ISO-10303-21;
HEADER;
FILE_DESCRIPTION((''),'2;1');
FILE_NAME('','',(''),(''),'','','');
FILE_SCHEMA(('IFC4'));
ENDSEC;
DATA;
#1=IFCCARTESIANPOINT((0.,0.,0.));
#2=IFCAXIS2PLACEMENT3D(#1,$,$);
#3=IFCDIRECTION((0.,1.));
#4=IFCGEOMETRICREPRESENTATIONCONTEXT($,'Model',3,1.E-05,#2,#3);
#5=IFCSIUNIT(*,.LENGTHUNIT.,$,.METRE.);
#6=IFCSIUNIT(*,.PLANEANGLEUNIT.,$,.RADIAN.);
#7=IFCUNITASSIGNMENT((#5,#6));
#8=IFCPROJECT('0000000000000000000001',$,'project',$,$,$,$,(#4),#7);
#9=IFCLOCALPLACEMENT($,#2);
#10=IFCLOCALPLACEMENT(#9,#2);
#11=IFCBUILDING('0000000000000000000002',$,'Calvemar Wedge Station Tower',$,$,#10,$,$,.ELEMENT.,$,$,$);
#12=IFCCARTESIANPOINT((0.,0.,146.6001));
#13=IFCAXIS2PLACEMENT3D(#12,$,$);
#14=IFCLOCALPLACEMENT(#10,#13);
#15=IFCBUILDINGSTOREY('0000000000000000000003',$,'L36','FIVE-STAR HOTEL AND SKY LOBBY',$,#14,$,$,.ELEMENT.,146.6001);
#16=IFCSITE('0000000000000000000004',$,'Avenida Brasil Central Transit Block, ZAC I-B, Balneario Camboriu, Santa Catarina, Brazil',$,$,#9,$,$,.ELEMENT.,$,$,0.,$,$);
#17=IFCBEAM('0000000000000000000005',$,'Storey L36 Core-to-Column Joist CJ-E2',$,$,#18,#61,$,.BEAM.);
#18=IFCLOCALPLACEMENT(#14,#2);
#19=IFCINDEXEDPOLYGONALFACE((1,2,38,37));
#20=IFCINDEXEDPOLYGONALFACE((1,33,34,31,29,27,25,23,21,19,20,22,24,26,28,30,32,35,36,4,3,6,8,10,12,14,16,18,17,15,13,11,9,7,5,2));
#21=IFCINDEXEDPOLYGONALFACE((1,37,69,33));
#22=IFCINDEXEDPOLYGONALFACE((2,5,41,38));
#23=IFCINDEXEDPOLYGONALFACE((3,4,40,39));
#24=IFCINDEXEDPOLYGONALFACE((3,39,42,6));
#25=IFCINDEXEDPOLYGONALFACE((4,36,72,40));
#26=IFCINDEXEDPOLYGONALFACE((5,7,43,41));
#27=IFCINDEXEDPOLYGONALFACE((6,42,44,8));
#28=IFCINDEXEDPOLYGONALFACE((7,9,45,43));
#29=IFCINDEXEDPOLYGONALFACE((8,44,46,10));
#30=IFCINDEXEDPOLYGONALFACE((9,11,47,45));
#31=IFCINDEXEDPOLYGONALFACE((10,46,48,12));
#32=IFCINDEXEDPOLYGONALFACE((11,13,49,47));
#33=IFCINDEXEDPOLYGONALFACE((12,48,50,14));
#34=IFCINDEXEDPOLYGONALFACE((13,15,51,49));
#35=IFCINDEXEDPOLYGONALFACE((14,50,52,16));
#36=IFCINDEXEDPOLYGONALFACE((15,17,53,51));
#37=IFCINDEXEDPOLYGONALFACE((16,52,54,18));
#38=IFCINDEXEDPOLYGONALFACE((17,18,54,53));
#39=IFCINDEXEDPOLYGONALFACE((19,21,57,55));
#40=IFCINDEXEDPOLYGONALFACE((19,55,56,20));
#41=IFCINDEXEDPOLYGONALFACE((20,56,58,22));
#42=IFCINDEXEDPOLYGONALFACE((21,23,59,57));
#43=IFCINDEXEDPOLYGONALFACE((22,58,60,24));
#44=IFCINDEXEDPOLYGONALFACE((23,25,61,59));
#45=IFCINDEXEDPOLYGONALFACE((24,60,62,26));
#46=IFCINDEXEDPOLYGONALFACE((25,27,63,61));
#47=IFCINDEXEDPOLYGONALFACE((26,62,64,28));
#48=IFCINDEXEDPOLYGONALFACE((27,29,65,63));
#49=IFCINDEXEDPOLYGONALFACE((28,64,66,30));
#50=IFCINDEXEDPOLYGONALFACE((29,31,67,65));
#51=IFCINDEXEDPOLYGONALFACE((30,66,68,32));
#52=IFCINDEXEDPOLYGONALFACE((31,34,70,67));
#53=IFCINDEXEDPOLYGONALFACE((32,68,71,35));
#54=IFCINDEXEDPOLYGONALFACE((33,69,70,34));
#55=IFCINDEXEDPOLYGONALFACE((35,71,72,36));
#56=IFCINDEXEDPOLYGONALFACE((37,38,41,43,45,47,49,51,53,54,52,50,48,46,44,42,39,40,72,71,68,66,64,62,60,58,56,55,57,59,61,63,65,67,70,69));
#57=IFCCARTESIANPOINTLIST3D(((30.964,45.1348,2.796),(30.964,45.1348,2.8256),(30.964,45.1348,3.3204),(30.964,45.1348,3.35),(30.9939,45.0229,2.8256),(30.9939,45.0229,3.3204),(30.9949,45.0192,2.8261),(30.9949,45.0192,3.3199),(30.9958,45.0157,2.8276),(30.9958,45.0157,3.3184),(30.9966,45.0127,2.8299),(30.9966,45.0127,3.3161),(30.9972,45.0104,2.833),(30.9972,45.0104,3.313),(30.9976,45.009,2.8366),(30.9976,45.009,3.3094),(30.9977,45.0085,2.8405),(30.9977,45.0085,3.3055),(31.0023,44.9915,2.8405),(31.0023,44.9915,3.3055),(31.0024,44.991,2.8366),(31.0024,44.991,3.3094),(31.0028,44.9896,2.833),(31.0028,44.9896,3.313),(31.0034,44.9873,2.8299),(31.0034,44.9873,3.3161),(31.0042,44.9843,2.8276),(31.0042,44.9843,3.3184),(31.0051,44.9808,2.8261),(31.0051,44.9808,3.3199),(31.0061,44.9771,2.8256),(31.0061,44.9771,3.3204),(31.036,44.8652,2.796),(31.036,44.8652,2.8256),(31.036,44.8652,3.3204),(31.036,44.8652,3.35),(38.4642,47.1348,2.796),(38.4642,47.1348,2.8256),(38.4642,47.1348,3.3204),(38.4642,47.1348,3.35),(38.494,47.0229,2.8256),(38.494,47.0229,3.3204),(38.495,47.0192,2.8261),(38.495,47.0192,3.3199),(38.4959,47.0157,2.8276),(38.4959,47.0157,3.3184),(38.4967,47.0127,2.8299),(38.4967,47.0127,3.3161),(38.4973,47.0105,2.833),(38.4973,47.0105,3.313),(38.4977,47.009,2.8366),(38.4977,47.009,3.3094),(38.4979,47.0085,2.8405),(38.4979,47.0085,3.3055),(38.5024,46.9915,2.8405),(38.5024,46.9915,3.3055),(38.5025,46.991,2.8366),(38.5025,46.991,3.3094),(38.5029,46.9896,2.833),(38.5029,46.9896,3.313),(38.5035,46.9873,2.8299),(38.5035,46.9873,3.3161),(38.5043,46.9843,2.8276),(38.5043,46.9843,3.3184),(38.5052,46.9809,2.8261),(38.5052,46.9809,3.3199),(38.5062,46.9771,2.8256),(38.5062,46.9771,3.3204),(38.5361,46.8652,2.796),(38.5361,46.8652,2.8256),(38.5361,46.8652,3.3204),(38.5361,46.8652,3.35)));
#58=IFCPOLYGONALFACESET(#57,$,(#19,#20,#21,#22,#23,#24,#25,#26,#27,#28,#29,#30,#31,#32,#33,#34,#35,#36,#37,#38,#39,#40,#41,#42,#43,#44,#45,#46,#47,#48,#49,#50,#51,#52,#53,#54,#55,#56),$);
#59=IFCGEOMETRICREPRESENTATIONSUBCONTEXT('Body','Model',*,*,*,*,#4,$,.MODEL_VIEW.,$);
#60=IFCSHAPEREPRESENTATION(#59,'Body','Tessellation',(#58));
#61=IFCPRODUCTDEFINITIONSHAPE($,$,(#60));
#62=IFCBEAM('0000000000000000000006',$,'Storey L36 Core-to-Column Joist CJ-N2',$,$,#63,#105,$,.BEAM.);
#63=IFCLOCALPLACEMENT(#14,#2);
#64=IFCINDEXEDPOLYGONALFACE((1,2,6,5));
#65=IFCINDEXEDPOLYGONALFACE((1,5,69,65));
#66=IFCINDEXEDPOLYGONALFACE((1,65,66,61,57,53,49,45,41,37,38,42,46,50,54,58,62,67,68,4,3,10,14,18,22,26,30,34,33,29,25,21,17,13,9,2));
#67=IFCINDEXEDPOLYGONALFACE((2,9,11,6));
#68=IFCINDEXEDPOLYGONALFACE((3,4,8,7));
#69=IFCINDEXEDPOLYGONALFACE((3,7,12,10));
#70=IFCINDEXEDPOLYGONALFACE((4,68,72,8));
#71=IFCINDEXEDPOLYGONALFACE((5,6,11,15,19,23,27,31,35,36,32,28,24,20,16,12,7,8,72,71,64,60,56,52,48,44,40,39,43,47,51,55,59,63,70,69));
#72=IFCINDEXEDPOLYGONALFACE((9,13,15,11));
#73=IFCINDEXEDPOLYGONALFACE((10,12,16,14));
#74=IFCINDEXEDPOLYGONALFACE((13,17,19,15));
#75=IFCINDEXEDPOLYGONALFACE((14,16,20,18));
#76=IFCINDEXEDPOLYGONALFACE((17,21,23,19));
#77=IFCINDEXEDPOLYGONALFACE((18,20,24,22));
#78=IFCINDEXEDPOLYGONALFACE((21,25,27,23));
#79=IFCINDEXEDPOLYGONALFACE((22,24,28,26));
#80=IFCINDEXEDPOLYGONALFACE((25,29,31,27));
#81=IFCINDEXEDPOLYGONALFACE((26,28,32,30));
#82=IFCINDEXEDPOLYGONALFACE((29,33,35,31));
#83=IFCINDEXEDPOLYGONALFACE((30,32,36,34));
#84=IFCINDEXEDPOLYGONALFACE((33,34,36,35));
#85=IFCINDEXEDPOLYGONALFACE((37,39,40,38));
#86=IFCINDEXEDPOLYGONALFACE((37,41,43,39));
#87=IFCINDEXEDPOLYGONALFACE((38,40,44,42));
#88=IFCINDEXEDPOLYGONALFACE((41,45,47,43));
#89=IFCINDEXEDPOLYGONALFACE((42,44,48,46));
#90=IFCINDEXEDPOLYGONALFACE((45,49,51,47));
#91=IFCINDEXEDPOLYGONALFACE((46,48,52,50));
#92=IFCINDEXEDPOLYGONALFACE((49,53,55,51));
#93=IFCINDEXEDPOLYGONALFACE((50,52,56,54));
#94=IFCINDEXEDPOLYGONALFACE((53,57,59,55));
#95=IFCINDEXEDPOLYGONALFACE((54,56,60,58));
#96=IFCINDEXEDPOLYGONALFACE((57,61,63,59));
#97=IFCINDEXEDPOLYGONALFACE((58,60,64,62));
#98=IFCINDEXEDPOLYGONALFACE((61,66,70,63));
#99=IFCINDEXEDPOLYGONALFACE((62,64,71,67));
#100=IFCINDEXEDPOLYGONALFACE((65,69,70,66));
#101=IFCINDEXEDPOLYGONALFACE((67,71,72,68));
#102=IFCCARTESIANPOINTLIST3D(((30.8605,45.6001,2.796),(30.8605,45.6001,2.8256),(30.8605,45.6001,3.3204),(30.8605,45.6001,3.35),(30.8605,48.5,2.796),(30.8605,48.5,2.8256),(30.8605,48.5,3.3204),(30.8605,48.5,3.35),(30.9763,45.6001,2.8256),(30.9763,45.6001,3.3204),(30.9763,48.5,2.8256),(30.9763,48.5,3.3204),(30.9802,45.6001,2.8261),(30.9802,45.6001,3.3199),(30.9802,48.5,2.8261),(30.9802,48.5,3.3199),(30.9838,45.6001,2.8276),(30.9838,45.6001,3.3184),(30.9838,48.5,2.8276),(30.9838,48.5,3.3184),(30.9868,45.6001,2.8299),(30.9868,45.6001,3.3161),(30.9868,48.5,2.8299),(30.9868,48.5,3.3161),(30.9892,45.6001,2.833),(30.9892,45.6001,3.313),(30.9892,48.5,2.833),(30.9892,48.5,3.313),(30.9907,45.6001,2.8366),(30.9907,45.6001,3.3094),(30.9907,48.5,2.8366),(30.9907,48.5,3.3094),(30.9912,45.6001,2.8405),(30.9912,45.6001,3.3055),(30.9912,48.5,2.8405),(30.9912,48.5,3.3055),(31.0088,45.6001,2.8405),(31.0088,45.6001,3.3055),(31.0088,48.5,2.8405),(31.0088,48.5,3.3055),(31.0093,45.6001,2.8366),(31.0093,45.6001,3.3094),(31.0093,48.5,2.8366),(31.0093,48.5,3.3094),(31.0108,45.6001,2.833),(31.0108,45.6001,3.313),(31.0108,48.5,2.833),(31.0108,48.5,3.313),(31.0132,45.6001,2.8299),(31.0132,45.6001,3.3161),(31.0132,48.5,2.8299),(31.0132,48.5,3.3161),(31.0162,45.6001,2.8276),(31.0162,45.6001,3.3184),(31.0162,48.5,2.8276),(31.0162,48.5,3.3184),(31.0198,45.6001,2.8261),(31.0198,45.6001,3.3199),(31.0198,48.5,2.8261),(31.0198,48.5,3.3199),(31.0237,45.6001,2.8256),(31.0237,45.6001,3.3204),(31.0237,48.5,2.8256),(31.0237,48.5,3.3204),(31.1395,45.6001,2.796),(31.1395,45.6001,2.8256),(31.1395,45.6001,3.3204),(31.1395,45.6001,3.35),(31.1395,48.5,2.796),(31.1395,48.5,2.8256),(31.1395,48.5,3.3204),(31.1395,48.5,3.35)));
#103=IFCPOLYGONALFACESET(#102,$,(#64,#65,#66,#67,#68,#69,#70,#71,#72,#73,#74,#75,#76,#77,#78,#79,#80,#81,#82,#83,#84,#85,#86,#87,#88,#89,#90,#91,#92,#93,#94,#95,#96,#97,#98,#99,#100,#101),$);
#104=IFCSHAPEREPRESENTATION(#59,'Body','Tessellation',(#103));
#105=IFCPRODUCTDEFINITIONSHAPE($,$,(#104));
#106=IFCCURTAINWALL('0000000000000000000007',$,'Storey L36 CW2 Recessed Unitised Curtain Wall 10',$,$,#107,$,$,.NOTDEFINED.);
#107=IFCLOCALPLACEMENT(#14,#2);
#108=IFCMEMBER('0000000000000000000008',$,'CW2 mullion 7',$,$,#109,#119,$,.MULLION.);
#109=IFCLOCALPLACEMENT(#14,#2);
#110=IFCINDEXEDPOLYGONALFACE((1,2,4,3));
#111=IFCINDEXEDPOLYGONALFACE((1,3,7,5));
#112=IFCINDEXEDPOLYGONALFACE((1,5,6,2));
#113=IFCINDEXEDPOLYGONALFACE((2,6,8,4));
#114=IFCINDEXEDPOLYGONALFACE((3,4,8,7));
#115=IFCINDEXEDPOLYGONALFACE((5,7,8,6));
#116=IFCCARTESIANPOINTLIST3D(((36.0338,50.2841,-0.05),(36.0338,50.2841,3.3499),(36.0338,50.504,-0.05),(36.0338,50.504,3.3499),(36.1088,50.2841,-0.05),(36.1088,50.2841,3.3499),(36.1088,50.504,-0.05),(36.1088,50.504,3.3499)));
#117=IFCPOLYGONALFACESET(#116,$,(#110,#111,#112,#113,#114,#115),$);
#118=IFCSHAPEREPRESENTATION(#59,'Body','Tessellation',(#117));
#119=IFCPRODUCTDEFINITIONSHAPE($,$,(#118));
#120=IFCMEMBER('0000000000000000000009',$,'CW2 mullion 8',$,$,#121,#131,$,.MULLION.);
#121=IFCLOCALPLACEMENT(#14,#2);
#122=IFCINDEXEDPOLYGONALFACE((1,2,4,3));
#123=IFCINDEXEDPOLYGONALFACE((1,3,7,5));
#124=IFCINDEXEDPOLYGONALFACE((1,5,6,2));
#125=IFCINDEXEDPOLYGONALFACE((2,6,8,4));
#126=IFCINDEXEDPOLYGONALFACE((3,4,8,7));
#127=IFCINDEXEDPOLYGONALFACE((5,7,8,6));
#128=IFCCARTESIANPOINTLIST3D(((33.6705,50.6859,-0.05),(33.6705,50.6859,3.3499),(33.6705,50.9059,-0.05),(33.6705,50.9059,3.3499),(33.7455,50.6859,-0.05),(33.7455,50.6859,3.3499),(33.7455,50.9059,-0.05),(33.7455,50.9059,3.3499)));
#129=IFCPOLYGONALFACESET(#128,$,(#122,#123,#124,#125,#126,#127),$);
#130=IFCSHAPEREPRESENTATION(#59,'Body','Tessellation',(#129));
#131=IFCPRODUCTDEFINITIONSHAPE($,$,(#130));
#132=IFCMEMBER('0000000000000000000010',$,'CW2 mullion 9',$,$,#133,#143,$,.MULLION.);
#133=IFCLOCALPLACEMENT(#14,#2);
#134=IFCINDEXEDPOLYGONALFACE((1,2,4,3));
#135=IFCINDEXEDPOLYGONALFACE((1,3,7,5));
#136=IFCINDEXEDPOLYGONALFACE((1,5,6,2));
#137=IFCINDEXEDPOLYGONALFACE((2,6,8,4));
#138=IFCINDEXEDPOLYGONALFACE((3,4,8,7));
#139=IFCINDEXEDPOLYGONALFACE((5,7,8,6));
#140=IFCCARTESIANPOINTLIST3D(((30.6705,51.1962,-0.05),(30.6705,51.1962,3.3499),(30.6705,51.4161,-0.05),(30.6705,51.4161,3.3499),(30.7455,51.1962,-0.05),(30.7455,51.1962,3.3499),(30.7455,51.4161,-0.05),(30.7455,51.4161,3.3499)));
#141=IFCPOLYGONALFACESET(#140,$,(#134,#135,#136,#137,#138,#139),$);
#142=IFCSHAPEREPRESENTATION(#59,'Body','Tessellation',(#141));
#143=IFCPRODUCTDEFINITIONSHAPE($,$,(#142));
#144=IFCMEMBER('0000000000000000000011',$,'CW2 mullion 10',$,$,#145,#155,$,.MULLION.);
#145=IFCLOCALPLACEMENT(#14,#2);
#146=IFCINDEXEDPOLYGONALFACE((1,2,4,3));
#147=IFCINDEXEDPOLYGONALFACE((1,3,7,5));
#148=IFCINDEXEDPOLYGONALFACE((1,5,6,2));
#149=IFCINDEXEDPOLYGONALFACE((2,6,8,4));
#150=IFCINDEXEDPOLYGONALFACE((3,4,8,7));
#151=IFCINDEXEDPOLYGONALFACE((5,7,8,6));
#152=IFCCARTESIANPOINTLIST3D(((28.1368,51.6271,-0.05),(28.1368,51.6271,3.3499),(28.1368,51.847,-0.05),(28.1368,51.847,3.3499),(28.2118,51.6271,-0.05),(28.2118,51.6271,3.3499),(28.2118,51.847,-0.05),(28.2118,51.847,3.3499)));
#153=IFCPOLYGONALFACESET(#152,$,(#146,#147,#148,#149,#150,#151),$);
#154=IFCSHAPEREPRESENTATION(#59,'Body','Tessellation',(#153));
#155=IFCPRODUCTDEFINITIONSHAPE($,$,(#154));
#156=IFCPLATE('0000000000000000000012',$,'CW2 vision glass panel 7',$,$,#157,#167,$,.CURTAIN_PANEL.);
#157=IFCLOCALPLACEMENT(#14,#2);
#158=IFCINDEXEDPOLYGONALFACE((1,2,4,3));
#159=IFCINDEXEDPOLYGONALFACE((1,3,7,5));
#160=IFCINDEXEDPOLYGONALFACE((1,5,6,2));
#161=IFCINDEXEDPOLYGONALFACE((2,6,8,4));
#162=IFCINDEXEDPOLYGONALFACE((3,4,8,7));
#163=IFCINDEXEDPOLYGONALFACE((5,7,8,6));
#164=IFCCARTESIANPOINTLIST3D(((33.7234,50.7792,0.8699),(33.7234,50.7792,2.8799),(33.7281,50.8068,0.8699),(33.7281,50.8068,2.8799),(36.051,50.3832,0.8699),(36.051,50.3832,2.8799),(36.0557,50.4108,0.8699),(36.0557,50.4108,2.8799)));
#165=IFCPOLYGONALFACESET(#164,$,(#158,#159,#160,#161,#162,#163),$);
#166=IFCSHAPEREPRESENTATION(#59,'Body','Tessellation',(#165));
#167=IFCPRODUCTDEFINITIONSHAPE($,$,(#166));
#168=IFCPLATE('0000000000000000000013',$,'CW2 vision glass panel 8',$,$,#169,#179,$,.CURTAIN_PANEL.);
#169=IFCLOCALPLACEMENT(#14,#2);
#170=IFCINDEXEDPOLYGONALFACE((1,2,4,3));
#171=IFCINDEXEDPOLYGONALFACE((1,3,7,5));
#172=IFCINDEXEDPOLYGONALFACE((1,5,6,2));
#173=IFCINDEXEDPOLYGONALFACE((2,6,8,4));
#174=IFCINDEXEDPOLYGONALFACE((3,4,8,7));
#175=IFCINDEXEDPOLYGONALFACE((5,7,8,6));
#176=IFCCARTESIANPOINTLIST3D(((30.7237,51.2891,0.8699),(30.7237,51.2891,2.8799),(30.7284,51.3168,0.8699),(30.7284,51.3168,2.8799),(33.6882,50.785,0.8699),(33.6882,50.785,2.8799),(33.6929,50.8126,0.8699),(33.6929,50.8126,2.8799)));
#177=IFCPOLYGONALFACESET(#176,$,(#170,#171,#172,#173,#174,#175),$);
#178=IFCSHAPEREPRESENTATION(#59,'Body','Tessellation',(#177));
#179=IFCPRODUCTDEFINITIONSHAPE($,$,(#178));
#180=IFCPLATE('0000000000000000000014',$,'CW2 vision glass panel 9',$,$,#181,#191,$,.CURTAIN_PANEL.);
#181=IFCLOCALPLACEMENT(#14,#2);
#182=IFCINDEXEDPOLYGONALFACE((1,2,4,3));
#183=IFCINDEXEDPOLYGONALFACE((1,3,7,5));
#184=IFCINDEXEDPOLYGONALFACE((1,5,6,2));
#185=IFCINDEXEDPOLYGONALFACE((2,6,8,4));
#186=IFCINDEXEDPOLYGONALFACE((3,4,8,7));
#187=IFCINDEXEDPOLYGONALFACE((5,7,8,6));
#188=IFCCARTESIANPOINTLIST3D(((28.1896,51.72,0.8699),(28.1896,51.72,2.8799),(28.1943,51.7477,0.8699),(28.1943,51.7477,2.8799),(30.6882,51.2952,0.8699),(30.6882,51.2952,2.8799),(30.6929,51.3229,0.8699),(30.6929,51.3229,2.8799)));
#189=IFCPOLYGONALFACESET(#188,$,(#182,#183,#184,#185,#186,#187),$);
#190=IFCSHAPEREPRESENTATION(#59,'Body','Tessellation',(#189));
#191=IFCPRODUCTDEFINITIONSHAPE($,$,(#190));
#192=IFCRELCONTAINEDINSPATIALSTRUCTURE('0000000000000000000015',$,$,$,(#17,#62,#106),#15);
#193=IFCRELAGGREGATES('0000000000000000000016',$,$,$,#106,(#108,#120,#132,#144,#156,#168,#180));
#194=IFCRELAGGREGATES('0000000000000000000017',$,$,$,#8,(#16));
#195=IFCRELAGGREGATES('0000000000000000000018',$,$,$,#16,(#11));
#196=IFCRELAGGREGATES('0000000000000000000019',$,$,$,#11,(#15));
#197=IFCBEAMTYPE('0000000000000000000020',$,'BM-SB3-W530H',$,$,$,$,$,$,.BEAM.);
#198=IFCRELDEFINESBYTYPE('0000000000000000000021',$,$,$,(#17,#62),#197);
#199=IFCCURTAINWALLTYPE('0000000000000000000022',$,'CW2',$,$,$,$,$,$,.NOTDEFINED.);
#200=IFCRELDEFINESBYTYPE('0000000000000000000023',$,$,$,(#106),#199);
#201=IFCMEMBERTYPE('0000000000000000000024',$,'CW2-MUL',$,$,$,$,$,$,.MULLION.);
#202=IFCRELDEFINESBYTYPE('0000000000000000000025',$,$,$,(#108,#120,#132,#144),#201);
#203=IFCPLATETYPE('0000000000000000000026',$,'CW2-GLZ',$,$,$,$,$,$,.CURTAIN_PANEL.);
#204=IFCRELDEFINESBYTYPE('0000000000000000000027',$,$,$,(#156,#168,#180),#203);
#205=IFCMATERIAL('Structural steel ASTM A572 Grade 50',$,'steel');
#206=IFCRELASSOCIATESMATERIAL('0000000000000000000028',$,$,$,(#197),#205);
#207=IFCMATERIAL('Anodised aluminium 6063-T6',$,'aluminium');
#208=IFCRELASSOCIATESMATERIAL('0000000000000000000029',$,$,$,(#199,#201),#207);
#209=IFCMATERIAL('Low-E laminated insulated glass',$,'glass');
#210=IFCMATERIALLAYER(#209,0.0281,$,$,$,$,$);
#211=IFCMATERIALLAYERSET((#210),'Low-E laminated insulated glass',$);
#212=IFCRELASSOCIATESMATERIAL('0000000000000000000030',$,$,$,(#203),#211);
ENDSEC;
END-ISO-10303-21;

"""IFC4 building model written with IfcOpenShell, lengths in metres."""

from ifc_helpers import new_model, si_unit, direction, frame, frame_2d, origin, origin_2d, place, context, subcontext, project, spatial, rectangle, i_section, extrude, source, transform, mapped, material, layer, layer_set, material_profile, profile_set, type_object, element, aggregate, save


model = new_model("IFC4")

# Units and contexts
model_context = context("Model", 3, precision=1e-05, world=origin(), true_north=direction((0.0, 1.0)))
body_context = subcontext(model_context, "Body", "Model", "MODEL_VIEW")
ifc_project = project(units=[si_unit("LENGTHUNIT", "METRE"), si_unit("PLANEANGLEUNIT", "RADIAN")], contexts=[model_context])

# Site, building, storey
site_placement = place(None, origin())
site = spatial("IfcSite", under=ifc_project, at=site_placement, Name="Avenida Brasil Central Transit Block, ZAC I-B, Balneario Camboriu, Santa Catarina, Brazil", CompositionType="ELEMENT", RefElevation=0.0)
building_placement = place(site_placement, origin())
building = spatial("IfcBuilding", under=site, at=building_placement, Name="Calvemar Wedge Station Tower", CompositionType="ELEMENT")
storey_placement = place(building_placement, frame((0.0, 0.0, 146.6001)))
storey = spatial("IfcBuildingStorey", under=building, at=storey_placement, Name="L36", Description="FIVE-STAR HOTEL AND SKY LOBBY", CompositionType="ELEMENT", Elevation=146.6001)

# Beams
ifc_material_1 = material(Name="Structural steel ASTM A572 Grade 50", Category="steel")
ifc_material_profile_1 = material_profile(ifc_material_1, i_section(OverallWidth=0.2791, OverallDepth=0.554, WebThickness=0.0176, FlangeThickness=0.0295, FilletRadius=0.0149, at=origin_2d()), Name="W530x196")
ifc_profile_set_1 = profile_set([ifc_material_profile_1], Name="Structural steel ASTM A572 Grade 50")
beam_type_1 = type_object("IfcBeamType", Name="BM-SB3-W530H", PredefinedType="BEAM", material=ifc_profile_set_1)
shared_shape_1 = source(origin(), body_context, "Body", "SweptSolid", [
    extrude(i_section(OverallWidth=0.2791, OverallDepth=0.554, WebThickness=0.0176, FlangeThickness=0.0295, FilletRadius=0.0149, at=origin_2d()), origin(), (0.0, 0.0, 1.0), 7.7622),
])
beam_1_placement = place(storey_placement, frame((31.0, 45.0, 3.073), z_axis=(0.966235, 0.257663, 0.0), x_axis=(-0.257663, 0.966235, 0.0)))
element("IfcBeam", 1, at=beam_1_placement, inside=storey, type_object=beam_type_1, Name="Storey L36 Core-to-Column Joist CJ-E2", PredefinedType="BEAM", context=body_context, shape_type="MappedRepresentation", body=[
    mapped(shared_shape_1, transform((0.0, 0.0, 0.0), scale=1.0)),
])
shared_shape_2 = source(origin(), body_context, "Body", "SweptSolid", [
    extrude(i_section(OverallWidth=0.2791, OverallDepth=0.554, WebThickness=0.0176, FlangeThickness=0.0295, FilletRadius=0.0149, at=origin_2d()), origin(), (0.0, 0.0, 1.0), 2.8999),
])
beam_2_placement = place(storey_placement, frame((31.0, 45.6001, 3.073), z_axis=(0.0, 1.0, 0.0), x_axis=(-1.0, 0.0, 0.0)))
element("IfcBeam", 2, at=beam_2_placement, inside=storey, type_object=beam_type_1, Name="Storey L36 Core-to-Column Joist CJ-N2", PredefinedType="BEAM", context=body_context, shape_type="MappedRepresentation", body=[
    mapped(shared_shape_2, transform((0.0, 0.0, 0.0), scale=1.0)),
])

# Curtain wall, members, plates
ifc_material_2 = material(Name="Anodised aluminium 6063-T6", Category="aluminium")
curtain_wall_type = type_object("IfcCurtainWallType", Name="CW2", PredefinedType="NOTDEFINED", material=ifc_material_2)
curtain_wall_placement = place(storey_placement, origin())
curtain_wall = element("IfcCurtainWall", 3, at=curtain_wall_placement, inside=storey, type_object=curtain_wall_type, Name="Storey L36 CW2 Recessed Unitised Curtain Wall 10", PredefinedType="NOTDEFINED")
ifc_material_profile_2 = material_profile(ifc_material_2, rectangle(XDim=0.075, YDim=0.22, at=origin_2d()), Name="AL-MUL-75x220")
ifc_profile_set_2 = profile_set([ifc_material_profile_2], Name="Anodised aluminium 6063-T6")
member_type = type_object("IfcMemberType", Name="CW2-MUL", PredefinedType="MULLION", material=ifc_profile_set_2)
shared_shape_3 = source(origin(), body_context, "Body", "SweptSolid", [
    extrude(rectangle(XDim=0.075, YDim=0.22, at=origin_2d()), origin(), (0.0, 0.0, 1.0), 3.3999),
])
member_1_placement = place(storey_placement, frame((36.0713, 50.394, -0.05), z_axis=(0.0, 0.0, 1.0), x_axis=(1.0, 0.0, 0.0)))
member_1 = element("IfcMember", 4, at=member_1_placement, type_object=member_type, Name="CW2 mullion 7", PredefinedType="MULLION", context=body_context, shape_type="MappedRepresentation", body=[
    mapped(shared_shape_3, transform((0.0, 0.0, 0.0), scale=1.0)),
])
member_2_placement = place(storey_placement, frame((33.708, 50.7959, -0.05), z_axis=(0.0, 0.0, 1.0), x_axis=(1.0, 0.0, 0.0)))
member_2 = element("IfcMember", 5, at=member_2_placement, type_object=member_type, Name="CW2 mullion 8", PredefinedType="MULLION", context=body_context, shape_type="MappedRepresentation", body=[
    mapped(shared_shape_3, transform((0.0, 0.0, 0.0), scale=1.0)),
])
member_3_placement = place(storey_placement, frame((30.708, 51.3062, -0.05), z_axis=(0.0, 0.0, 1.0), x_axis=(1.0, 0.0, 0.0)))
member_3 = element("IfcMember", 6, at=member_3_placement, type_object=member_type, Name="CW2 mullion 9", PredefinedType="MULLION", context=body_context, shape_type="MappedRepresentation", body=[
    mapped(shared_shape_3, transform((0.0, 0.0, 0.0), scale=1.0)),
])
member_4_placement = place(storey_placement, frame((28.1743, 51.7371, -0.05), z_axis=(0.0, 0.0, 1.0), x_axis=(1.0, 0.0, 0.0)))
member_4 = element("IfcMember", 7, at=member_4_placement, type_object=member_type, Name="CW2 mullion 10", PredefinedType="MULLION", context=body_context, shape_type="MappedRepresentation", body=[
    mapped(shared_shape_3, transform((0.0, 0.0, 0.0), scale=1.0)),
])
ifc_material_3 = material(Name="Low-E laminated insulated glass", Category="glass")
ifc_layer_1 = layer(ifc_material_3, 0.0281)
ifc_layer_set_1 = layer_set([ifc_layer_1], Name="Low-E laminated insulated glass")
plate_type_1 = type_object("IfcPlateType", Name="CW2-GLZ", PredefinedType="CURTAIN_PANEL", material=ifc_layer_set_1)
plate_1_placement = place(storey_placement, frame((36.0535, 50.397, 0.8699), z_axis=(0.0, 0.0, 1.0), x_axis=(-0.985835, 0.167718, 0.0)))
plate_1 = element("IfcPlate", 8, at=plate_1_placement, type_object=plate_type_1, Name="CW2 vision glass panel 7", PredefinedType="CURTAIN_PANEL", context=body_context, shape_type="SweptSolid", body=[
    extrude(rectangle(XDim=2.3611, YDim=0.0281, at=frame_2d((1.1807, 0.0))), origin(), (0.0, 0.0, 1.0), 2.01),
])
plate_2_placement = place(storey_placement, frame((33.6904, 50.7988, 0.8699), z_axis=(0.0, 0.0, 1.0), x_axis=(-0.985847, 0.16765, 0.0)))
plate_2 = element("IfcPlate", 9, at=plate_2_placement, type_object=plate_type_1, Name="CW2 vision glass panel 8", PredefinedType="CURTAIN_PANEL", context=body_context, shape_type="SweptSolid", body=[
    extrude(rectangle(XDim=3.0071, YDim=0.0281, at=frame_2d((1.5034, 0.0))), origin(), (0.0, 0.0, 1.0), 2.01),
])
plate_3_placement = place(storey_placement, frame((30.6904, 51.3091, 0.8699), z_axis=(0.0, 0.0, 1.0), x_axis=(-0.985852, 0.167616, 0.0)))
plate_3 = element("IfcPlate", 10, at=plate_3_placement, type_object=plate_type_1, Name="CW2 vision glass panel 9", PredefinedType="CURTAIN_PANEL", context=body_context, shape_type="SweptSolid", body=[
    extrude(rectangle(XDim=2.5344, YDim=0.0281, at=frame_2d((1.2671, 0.0))), origin(), (0.0, 0.0, 1.0), 2.01),
])
aggregate(curtain_wall, [member_1, member_2, member_3, member_4, plate_1, plate_2, plate_3])

save(model, "model.ifc")
